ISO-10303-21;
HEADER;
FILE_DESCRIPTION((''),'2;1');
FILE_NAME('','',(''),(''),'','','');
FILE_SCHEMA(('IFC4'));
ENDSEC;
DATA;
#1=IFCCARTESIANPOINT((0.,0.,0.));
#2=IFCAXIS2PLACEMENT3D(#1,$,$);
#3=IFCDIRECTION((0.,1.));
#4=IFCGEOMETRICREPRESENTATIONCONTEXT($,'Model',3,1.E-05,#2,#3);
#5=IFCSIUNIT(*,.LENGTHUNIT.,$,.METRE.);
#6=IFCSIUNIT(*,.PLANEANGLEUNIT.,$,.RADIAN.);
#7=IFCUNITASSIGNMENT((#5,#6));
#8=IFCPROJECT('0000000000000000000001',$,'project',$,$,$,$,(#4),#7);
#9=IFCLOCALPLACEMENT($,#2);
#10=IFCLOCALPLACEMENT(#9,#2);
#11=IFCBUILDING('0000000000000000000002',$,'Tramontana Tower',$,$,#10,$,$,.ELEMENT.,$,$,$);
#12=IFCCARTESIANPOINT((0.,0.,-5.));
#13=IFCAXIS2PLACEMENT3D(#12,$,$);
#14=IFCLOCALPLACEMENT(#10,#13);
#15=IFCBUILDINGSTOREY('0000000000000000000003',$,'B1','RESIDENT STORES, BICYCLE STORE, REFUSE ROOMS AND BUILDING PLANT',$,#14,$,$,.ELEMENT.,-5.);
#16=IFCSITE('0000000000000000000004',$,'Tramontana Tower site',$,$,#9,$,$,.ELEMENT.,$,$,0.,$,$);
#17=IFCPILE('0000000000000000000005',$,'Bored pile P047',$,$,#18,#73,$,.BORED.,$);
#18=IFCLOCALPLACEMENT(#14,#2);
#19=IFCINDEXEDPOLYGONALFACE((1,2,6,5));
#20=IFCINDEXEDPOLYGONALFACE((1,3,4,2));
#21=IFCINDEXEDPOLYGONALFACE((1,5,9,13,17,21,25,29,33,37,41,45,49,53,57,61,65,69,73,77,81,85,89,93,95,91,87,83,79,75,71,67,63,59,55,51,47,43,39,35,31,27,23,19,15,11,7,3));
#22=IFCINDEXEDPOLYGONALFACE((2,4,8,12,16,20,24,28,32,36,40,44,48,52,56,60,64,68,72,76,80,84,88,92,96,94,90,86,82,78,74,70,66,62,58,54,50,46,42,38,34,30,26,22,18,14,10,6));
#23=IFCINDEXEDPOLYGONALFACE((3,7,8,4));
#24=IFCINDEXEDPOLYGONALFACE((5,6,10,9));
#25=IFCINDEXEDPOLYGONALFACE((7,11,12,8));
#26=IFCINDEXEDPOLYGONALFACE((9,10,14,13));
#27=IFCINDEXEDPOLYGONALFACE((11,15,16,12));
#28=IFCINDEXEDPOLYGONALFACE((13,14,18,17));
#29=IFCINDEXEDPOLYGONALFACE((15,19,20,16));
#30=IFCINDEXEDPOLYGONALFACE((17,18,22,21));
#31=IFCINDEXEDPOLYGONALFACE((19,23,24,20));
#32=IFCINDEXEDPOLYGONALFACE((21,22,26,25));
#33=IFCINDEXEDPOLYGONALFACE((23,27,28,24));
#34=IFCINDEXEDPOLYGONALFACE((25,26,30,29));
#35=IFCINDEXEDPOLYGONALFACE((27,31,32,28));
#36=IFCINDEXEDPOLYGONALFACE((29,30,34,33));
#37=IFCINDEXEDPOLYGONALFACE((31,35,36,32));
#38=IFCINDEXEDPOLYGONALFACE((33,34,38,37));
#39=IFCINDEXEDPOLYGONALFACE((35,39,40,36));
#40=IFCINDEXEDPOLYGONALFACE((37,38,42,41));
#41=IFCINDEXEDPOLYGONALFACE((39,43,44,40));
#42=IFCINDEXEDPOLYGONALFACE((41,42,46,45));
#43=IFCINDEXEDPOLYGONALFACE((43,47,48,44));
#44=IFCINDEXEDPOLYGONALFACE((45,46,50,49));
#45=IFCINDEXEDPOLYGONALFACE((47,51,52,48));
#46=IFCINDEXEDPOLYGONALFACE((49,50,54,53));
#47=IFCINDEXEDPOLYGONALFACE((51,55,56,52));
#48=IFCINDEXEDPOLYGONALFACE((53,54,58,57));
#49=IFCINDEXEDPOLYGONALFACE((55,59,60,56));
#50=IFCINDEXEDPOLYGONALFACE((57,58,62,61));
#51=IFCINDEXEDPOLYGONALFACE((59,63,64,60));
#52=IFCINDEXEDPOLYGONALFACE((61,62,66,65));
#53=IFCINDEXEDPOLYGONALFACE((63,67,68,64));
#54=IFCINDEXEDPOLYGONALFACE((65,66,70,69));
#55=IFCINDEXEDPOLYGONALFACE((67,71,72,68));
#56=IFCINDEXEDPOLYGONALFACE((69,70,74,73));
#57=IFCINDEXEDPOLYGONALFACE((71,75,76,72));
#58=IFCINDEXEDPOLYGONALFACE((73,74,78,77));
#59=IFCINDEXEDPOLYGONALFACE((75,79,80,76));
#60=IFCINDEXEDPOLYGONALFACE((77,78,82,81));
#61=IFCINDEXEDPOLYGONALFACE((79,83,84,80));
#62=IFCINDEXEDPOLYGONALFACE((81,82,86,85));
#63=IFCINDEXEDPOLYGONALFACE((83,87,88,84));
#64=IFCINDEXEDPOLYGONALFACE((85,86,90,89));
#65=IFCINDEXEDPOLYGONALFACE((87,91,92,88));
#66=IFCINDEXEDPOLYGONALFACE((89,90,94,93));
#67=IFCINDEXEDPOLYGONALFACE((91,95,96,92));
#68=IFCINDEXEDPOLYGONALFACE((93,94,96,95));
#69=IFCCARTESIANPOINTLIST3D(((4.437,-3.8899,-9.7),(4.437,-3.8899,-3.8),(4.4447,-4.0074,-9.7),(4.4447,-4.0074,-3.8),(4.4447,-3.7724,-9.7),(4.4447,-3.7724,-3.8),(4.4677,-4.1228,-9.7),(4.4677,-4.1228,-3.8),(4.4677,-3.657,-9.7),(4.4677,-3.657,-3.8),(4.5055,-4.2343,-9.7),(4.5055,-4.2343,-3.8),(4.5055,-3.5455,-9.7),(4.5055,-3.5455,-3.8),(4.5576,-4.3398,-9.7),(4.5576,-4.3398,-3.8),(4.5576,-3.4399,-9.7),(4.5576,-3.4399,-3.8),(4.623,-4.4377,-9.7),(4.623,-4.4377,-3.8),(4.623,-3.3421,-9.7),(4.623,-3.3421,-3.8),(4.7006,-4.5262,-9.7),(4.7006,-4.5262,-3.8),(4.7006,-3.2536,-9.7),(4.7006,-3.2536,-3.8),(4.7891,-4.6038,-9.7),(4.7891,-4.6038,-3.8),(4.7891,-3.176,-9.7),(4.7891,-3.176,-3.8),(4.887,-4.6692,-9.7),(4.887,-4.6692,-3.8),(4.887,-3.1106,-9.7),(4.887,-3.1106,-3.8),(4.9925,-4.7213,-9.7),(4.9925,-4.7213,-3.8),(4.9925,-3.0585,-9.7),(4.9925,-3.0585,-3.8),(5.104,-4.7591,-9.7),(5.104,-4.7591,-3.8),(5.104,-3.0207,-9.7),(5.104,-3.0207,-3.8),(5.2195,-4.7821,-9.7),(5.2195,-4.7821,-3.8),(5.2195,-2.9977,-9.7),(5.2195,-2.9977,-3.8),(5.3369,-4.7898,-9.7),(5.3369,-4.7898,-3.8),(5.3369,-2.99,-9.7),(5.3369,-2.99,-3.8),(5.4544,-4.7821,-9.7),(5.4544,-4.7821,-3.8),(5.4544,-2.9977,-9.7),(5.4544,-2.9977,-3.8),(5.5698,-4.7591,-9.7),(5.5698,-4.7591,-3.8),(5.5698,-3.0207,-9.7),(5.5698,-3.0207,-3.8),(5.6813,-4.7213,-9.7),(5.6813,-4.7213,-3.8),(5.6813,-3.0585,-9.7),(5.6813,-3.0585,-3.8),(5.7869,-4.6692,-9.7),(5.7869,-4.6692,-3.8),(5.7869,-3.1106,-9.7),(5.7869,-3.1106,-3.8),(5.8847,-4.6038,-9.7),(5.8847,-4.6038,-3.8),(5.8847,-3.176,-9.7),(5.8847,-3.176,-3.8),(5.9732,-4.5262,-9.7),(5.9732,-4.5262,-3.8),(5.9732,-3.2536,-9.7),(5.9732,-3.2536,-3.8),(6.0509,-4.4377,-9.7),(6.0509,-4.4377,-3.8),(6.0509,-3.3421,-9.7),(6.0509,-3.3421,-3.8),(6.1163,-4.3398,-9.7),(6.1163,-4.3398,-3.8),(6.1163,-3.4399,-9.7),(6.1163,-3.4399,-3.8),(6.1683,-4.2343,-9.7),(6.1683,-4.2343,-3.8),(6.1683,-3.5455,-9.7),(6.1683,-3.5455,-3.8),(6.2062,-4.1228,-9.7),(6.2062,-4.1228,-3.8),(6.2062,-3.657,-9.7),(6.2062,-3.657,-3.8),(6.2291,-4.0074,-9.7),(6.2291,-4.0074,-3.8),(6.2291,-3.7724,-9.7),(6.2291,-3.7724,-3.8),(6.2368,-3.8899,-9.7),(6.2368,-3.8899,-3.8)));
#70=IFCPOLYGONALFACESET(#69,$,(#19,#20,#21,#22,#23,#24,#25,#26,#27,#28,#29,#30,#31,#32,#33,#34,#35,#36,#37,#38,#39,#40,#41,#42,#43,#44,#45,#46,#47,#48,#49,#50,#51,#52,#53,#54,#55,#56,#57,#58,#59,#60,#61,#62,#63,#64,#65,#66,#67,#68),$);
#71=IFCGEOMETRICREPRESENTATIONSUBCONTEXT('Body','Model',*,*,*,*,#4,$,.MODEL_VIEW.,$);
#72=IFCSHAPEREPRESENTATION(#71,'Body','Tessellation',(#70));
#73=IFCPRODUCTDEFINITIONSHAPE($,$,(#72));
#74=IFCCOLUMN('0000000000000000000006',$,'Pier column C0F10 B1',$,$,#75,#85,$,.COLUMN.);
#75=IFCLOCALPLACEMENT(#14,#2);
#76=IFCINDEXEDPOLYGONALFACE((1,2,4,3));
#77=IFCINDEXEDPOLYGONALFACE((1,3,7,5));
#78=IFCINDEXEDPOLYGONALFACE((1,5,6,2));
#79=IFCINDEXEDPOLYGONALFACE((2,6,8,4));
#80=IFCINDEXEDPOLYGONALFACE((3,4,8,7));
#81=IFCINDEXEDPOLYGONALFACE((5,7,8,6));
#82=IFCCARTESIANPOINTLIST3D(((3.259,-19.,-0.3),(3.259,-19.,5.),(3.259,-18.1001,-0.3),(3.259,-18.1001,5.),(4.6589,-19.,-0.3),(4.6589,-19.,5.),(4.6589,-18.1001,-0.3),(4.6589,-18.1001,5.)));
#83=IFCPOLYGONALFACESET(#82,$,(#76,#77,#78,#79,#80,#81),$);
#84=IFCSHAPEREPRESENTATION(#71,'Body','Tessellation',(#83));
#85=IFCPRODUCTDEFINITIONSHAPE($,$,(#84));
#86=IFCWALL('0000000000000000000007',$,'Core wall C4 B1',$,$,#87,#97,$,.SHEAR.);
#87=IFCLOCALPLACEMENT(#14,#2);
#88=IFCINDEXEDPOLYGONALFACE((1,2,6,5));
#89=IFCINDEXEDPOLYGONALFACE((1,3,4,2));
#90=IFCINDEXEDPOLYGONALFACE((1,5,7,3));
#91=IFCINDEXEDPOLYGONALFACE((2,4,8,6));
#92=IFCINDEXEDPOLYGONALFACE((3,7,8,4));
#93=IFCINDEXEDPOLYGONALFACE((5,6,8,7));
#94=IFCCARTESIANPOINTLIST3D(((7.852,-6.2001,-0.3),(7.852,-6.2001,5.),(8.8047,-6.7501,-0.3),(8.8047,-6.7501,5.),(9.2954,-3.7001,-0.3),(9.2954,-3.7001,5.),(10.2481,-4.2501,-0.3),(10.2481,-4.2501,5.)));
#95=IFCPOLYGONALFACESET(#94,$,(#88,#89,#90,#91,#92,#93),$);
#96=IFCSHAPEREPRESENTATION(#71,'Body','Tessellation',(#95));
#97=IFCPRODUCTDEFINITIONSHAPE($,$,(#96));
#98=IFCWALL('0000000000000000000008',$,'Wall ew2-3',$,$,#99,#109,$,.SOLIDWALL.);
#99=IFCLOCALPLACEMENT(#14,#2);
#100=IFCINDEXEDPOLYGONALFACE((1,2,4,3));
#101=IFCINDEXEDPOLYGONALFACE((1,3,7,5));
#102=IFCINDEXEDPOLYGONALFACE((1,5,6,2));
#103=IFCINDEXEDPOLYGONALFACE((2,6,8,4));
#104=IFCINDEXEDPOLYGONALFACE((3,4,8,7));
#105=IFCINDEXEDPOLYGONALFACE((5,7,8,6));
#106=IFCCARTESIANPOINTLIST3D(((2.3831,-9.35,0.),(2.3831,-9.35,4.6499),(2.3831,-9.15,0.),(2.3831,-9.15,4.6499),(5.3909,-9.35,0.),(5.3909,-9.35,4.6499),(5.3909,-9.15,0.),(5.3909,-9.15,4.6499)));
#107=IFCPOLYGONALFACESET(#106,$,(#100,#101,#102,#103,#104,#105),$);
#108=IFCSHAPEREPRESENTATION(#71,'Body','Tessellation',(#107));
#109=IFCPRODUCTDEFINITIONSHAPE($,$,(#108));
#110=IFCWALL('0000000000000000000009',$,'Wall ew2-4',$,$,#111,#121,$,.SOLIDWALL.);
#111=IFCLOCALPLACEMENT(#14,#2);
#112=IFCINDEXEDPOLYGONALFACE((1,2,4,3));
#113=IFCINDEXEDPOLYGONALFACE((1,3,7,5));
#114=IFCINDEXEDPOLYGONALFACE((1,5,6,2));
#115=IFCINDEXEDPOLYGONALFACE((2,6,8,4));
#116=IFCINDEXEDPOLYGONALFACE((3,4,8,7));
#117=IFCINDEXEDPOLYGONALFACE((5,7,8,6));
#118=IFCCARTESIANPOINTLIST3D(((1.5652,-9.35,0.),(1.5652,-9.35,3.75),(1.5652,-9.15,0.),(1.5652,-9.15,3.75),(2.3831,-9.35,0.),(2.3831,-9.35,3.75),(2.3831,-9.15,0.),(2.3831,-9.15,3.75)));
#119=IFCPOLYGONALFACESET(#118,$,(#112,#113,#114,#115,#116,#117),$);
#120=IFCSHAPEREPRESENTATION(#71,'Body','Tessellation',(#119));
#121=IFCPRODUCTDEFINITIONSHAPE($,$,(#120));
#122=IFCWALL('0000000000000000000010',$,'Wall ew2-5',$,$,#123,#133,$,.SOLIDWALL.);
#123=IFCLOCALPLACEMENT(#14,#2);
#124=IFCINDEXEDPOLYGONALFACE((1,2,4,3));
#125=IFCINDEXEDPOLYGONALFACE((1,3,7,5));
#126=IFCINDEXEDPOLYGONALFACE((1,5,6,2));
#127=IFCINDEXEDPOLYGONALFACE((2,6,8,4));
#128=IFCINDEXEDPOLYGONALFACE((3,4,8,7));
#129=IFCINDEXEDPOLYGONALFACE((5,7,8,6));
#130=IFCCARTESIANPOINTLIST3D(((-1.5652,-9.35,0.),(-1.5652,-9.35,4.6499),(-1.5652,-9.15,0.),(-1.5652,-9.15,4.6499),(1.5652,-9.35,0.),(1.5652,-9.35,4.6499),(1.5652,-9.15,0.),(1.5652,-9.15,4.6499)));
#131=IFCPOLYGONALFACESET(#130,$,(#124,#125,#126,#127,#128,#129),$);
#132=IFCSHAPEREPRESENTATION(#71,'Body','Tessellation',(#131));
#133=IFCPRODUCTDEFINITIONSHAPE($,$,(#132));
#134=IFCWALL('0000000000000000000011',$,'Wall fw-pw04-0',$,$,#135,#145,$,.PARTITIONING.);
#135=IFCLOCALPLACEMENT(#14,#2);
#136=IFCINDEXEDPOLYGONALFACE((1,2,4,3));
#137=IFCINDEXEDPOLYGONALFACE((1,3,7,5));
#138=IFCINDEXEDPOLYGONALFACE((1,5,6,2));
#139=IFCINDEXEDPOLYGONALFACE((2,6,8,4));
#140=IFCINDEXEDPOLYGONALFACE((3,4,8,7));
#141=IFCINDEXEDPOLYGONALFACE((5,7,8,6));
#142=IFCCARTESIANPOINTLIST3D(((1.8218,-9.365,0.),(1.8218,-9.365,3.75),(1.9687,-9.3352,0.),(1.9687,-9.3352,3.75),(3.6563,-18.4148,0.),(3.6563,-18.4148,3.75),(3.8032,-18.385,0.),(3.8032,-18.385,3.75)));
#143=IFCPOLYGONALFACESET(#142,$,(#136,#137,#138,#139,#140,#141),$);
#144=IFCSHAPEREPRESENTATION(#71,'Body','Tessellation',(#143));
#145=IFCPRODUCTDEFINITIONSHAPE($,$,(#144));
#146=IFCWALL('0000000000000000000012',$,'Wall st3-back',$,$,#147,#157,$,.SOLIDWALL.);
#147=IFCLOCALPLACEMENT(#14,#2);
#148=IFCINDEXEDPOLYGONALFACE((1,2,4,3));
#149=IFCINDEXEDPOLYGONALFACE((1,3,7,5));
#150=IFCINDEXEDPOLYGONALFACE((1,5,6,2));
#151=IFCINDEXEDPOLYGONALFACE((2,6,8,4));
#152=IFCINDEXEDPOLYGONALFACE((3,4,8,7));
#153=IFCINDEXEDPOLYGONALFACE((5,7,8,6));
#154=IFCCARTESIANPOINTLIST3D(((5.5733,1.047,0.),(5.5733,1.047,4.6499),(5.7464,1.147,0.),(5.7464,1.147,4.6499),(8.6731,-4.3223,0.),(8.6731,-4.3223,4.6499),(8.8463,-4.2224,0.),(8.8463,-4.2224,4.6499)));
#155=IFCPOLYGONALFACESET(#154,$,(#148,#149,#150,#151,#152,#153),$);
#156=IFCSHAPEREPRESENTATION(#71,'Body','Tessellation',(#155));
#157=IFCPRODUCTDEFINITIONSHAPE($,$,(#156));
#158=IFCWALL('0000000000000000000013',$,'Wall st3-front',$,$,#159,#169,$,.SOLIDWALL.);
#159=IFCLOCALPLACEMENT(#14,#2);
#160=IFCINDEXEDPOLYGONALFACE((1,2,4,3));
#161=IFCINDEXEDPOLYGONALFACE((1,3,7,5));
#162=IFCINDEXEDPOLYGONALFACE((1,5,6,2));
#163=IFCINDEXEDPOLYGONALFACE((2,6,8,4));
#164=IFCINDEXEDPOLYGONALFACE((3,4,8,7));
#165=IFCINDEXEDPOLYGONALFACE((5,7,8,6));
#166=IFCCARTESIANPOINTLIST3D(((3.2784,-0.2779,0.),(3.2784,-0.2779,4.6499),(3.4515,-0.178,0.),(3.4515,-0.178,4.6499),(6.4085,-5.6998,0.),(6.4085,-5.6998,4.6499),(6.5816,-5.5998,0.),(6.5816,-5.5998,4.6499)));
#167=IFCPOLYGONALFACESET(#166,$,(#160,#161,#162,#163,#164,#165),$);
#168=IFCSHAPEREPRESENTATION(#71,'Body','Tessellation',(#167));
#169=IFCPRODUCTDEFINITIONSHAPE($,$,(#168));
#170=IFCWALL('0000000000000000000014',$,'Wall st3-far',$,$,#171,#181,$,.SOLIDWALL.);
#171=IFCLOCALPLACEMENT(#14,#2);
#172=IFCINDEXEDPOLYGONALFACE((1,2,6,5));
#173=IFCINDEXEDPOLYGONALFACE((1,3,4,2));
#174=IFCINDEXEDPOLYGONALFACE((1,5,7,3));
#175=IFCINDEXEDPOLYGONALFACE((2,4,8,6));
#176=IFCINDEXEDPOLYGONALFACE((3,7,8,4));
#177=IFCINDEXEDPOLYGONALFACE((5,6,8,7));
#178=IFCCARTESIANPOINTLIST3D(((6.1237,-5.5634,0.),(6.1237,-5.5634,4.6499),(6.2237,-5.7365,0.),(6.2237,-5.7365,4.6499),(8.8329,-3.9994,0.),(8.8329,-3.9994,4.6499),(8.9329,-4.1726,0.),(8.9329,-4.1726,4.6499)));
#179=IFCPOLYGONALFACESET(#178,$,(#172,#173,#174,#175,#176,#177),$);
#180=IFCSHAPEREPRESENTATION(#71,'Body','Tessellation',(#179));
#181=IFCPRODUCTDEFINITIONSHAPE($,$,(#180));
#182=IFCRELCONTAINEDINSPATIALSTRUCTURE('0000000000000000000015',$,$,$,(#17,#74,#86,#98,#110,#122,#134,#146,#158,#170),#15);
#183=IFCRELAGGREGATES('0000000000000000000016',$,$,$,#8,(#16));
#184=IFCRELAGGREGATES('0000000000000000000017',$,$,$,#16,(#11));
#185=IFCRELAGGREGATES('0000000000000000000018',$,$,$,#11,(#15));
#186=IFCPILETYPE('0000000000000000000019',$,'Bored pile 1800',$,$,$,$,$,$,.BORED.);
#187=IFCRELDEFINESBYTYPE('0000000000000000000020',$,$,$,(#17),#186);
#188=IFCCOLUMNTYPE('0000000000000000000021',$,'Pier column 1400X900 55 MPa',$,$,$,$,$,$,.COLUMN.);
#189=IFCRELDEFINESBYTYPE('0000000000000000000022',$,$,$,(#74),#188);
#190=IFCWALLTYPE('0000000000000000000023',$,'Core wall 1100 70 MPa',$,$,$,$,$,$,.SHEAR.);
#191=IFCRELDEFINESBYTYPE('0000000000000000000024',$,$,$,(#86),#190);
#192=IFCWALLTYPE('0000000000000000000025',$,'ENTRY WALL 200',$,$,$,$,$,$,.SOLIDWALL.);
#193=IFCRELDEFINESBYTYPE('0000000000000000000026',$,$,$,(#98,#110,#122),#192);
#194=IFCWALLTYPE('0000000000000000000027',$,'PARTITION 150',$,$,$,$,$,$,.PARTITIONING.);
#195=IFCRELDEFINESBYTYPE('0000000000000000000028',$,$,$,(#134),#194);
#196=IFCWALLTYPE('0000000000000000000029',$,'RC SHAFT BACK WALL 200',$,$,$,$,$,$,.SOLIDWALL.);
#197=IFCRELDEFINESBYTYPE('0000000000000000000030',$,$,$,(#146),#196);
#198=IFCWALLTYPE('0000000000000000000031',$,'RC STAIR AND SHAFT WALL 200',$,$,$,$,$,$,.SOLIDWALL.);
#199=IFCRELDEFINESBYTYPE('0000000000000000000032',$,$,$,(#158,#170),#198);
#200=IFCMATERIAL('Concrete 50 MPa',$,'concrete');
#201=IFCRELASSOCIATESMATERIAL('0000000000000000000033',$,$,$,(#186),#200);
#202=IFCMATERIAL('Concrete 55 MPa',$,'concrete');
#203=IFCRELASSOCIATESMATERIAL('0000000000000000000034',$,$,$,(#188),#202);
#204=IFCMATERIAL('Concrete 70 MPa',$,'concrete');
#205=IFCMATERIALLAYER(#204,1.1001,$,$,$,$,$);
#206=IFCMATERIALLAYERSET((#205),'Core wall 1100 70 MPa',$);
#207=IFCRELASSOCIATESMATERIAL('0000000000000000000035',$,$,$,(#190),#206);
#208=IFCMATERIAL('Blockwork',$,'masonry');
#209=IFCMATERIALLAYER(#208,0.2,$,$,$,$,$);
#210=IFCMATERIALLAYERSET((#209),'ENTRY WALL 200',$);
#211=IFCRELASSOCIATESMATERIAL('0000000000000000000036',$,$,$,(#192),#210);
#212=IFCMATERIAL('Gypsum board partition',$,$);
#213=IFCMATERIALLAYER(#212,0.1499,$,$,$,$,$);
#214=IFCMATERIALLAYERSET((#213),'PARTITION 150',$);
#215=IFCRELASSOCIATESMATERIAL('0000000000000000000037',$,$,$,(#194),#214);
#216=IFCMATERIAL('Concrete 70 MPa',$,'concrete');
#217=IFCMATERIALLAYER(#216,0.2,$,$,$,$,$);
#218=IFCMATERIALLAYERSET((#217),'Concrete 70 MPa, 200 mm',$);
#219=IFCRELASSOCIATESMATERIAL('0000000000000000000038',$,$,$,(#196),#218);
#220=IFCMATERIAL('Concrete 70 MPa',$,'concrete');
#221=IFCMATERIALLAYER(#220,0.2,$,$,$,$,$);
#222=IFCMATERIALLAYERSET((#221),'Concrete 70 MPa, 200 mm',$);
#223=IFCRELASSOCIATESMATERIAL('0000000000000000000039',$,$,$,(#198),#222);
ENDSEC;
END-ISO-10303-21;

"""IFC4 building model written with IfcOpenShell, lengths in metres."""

from ifc_helpers import new_model, si_unit, direction, frame, frame_2d, origin, origin_2d, place, context, subcontext, project, spatial, rectangle, circle, extrude, material, layer, layer_set, material_profile, profile_set, type_object, element, save


model = new_model("IFC4")

# Units and contexts
model_context = context("Model", 3, precision=1e-05, world=origin(), true_north=direction((0.0, 1.0)))
body_context = subcontext(model_context, "Body", "Model", "MODEL_VIEW")
ifc_project = project(units=[si_unit("LENGTHUNIT", "METRE"), si_unit("PLANEANGLEUNIT", "RADIAN")], contexts=[model_context])

# Site, building, storey
site_placement = place(None, origin())
site = spatial("IfcSite", under=ifc_project, at=site_placement, Name="Tramontana Tower site", CompositionType="ELEMENT", RefElevation=0.0)
building_placement = place(site_placement, origin())
building = spatial("IfcBuilding", under=site, at=building_placement, Name="Tramontana Tower", CompositionType="ELEMENT")
storey_placement = place(building_placement, frame((0.0, 0.0, -5.0)))
storey = spatial("IfcBuildingStorey", under=building, at=storey_placement, Name="B1", Description="RESIDENT STORES, BICYCLE STORE, REFUSE ROOMS AND BUILDING PLANT", CompositionType="ELEMENT", Elevation=-5.0)

# Pile
ifc_material_1 = material(Name="Concrete 50 MPa", Category="concrete")
ifc_material_profile_1 = material_profile(ifc_material_1, circle(Radius=0.8999, at=origin_2d()), Name="Bored pile 1800")
ifc_profile_set_1 = profile_set([ifc_material_profile_1], Name="Concrete 50 MPa")
pile_type = type_object("IfcPileType", Name="Bored pile 1800", PredefinedType="BORED", material=ifc_profile_set_1)
for number, where, z_axis, x_axis, name in (
    (1, (5.3369, -3.8899, -3.8), (0.0, 0.0, -1.0), (1.0, 0.0, 0.0), "Bored pile P047"),
):
    element("IfcPile", number, at=place(storey_placement, frame(where, z_axis=z_axis, x_axis=x_axis)), inside=storey, type_object=pile_type, Name=name, PredefinedType="BORED", context=body_context, shape_type="SweptSolid", body=[
        extrude(circle(Radius=0.8999, at=origin_2d()), origin(), (0.0, 0.0, 1.0), 5.8999),
    ])

# Column
ifc_material_2 = material(Name="Concrete 55 MPa", Category="concrete")
ifc_material_profile_2 = material_profile(ifc_material_2, rectangle(XDim=1.3999, YDim=0.8999, at=origin_2d()), Name="Pier column 1400X900 55 MPa")
ifc_profile_set_2 = profile_set([ifc_material_profile_2], Name="Concrete 55 MPa")
column_type = type_object("IfcColumnType", Name="Pier column 1400X900 55 MPa", PredefinedType="COLUMN", material=ifc_profile_set_2)
column_placement = place(storey_placement, frame((3.959, -18.55, -0.3), z_axis=(0.0, 0.0, 1.0), x_axis=(1.0, 0.0, 0.0)))
element("IfcColumn", 2, at=column_placement, inside=storey, type_object=column_type, Name="Pier column C0F10 B1", PredefinedType="COLUMN", context=body_context, shape_type="SweptSolid", body=[
    extrude(rectangle(XDim=1.3999, YDim=0.8999, at=origin_2d()), origin(), (0.0, 0.0, 1.0), 5.3),
])

# Wall
ifc_material_3 = material(Name="Concrete 70 MPa", Category="concrete")
ifc_layer_1 = layer(ifc_material_3, 1.1001)
ifc_layer_set_1 = layer_set([ifc_layer_1], Name="Core wall 1100 70 MPa")
wall_type_1 = type_object("IfcWallType", Name="Core wall 1100 70 MPa", PredefinedType="SHEAR", material=ifc_layer_set_1)
wall_1_placement = place(storey_placement, frame((8.3284, -6.4751, -0.3), z_axis=(0.0, 0.0, 1.0), x_axis=(0.499996, 0.866028, 0.0)))
element("IfcWall", 3, at=wall_1_placement, inside=storey, type_object=wall_type_1, Name="Core wall C4 B1", PredefinedType="SHEAR", context=body_context, shape_type="SweptSolid", body=[
    extrude(rectangle(XDim=2.8867, YDim=1.1001, at=frame_2d((1.4434, 0.0))), origin(), (0.0, 0.0, 1.0), 5.3),
])

# Shared definitions
ifc_material_4 = material(Name="Blockwork", Category="masonry")
ifc_layer_2 = layer(ifc_material_4, 0.2)
ifc_layer_set_2 = layer_set([ifc_layer_2], Name="ENTRY WALL 200")
wall_type_2 = type_object("IfcWallType", Name="ENTRY WALL 200", PredefinedType="SOLIDWALL", material=ifc_layer_set_2)

# Walls
wall_2_placement = place(storey_placement, frame((5.3909, -9.25, 0.0), z_axis=(0.0, 0.0, 1.0), x_axis=(-1.0, 0.0, 0.0)))
element("IfcWall", 4, at=wall_2_placement, inside=storey, type_object=wall_type_2, Name="Wall ew2-3", PredefinedType="SOLIDWALL", context=body_context, shape_type="SweptSolid", body=[
    extrude(rectangle(XDim=3.0078, YDim=0.2, at=frame_2d((1.5039, 0.0))), origin(), (0.0, 0.0, 1.0), 4.6499),
])
wall_3_placement = place(storey_placement, frame((2.3831, -9.25, 0.0), z_axis=(0.0, 0.0, 1.0), x_axis=(-1.0, 0.0, 0.0)))
element("IfcWall", 5, at=wall_3_placement, inside=storey, type_object=wall_type_2, Name="Wall ew2-4", PredefinedType="SOLIDWALL", context=body_context, shape_type="SweptSolid", body=[
    extrude(rectangle(XDim=0.8179, YDim=0.2, at=frame_2d((0.4089, 0.0))), origin(), (0.0, 0.0, 1.0), 3.75),
])
wall_4_placement = place(storey_placement, frame((1.5652, -9.25, 0.0), z_axis=(0.0, 0.0, 1.0), x_axis=(-1.0, 0.0, 0.0)))
element("IfcWall", 6, at=wall_4_placement, inside=storey, type_object=wall_type_2, Name="Wall ew2-5", PredefinedType="SOLIDWALL", context=body_context, shape_type="SweptSolid", body=[
    extrude(rectangle(XDim=3.1304, YDim=0.2, at=frame_2d((1.5652, 0.0))), origin(), (0.0, 0.0, 1.0), 4.6499),
])
ifc_material_5 = material(Name="Gypsum board partition")
ifc_layer_3 = layer(ifc_material_5, 0.1499)
ifc_layer_set_3 = layer_set([ifc_layer_3], Name="PARTITION 150")
wall_type_3 = type_object("IfcWallType", Name="PARTITION 150", PredefinedType="PARTITIONING", material=ifc_layer_set_3)
wall_5_placement = place(storey_placement, frame((1.8953, -9.3501, 0.0), z_axis=(0.0, 0.0, 1.0), x_axis=(0.198668, -0.980067, 0.0)))
element("IfcWall", 7, at=wall_5_placement, inside=storey, type_object=wall_type_3, Name="Wall fw-pw04-0", PredefinedType="PARTITIONING", context=body_context, shape_type="SweptSolid", body=[
    extrude(rectangle(XDim=9.2339, YDim=0.1499, at=frame_2d((4.6169, 0.0))), origin(), (0.0, 0.0, 1.0), 3.75),
])
ifc_material_6 = material(Name="Concrete 70 MPa", Category="concrete")
ifc_layer_4 = layer(ifc_material_6, 0.2)
ifc_layer_set_4 = layer_set([ifc_layer_4], Name="Concrete 70 MPa, 200 mm")
wall_type_4 = type_object("IfcWallType", Name="RC SHAFT BACK WALL 200", PredefinedType="SOLIDWALL", material=ifc_layer_set_4)
wall_6_placement = place(storey_placement, frame((8.7598, -4.2725, 0.0), z_axis=(0.0, 0.0, 1.0), x_axis=(-0.49998, 0.866037, 0.0)))
element("IfcWall", 8, at=wall_6_placement, inside=storey, type_object=wall_type_4, Name="Wall st3-back", PredefinedType="SOLIDWALL", context=body_context, shape_type="SweptSolid", body=[
    extrude(rectangle(XDim=6.2, YDim=0.2, at=frame_2d((3.1001, 0.0))), origin(), (0.0, 0.0, 1.0), 4.6499),
])
ifc_material_7 = material(Name="Concrete 70 MPa", Category="concrete")
ifc_layer_5 = layer(ifc_material_7, 0.2)
ifc_layer_set_5 = layer_set([ifc_layer_5], Name="Concrete 70 MPa, 200 mm")
wall_type_5 = type_object("IfcWallType", Name="RC STAIR AND SHAFT WALL 200", PredefinedType="SOLIDWALL", material=ifc_layer_set_5)
wall_7_placement = place(storey_placement, frame((6.4951, -5.6499, 0.0), z_axis=(0.0, 0.0, 1.0), x_axis=(-0.499977, 0.866039, 0.0)))
element("IfcWall", 9, at=wall_7_placement, inside=storey, type_object=wall_type_5, Name="Wall st3-front", PredefinedType="SOLIDWALL", context=body_context, shape_type="SweptSolid", body=[
    extrude(rectangle(XDim=6.2605, YDim=0.2, at=frame_2d((3.1304, 0.0))), origin(), (0.0, 0.0, 1.0), 4.6499),
])
wall_8_placement = place(storey_placement, frame((6.1738, -5.6499, 0.0), z_axis=(0.0, 0.0, 1.0), x_axis=(0.866054, 0.49995, 0.0)))
element("IfcWall", 10, at=wall_8_placement, inside=storey, type_object=wall_type_5, Name="Wall st3-far", PredefinedType="SOLIDWALL", context=body_context, shape_type="SweptSolid", body=[
    extrude(rectangle(XDim=3.1282, YDim=0.2, at=frame_2d((1.564, 0.0))), origin(), (0.0, 0.0, 1.0), 4.6499),
])

save(model, "model.ifc")
